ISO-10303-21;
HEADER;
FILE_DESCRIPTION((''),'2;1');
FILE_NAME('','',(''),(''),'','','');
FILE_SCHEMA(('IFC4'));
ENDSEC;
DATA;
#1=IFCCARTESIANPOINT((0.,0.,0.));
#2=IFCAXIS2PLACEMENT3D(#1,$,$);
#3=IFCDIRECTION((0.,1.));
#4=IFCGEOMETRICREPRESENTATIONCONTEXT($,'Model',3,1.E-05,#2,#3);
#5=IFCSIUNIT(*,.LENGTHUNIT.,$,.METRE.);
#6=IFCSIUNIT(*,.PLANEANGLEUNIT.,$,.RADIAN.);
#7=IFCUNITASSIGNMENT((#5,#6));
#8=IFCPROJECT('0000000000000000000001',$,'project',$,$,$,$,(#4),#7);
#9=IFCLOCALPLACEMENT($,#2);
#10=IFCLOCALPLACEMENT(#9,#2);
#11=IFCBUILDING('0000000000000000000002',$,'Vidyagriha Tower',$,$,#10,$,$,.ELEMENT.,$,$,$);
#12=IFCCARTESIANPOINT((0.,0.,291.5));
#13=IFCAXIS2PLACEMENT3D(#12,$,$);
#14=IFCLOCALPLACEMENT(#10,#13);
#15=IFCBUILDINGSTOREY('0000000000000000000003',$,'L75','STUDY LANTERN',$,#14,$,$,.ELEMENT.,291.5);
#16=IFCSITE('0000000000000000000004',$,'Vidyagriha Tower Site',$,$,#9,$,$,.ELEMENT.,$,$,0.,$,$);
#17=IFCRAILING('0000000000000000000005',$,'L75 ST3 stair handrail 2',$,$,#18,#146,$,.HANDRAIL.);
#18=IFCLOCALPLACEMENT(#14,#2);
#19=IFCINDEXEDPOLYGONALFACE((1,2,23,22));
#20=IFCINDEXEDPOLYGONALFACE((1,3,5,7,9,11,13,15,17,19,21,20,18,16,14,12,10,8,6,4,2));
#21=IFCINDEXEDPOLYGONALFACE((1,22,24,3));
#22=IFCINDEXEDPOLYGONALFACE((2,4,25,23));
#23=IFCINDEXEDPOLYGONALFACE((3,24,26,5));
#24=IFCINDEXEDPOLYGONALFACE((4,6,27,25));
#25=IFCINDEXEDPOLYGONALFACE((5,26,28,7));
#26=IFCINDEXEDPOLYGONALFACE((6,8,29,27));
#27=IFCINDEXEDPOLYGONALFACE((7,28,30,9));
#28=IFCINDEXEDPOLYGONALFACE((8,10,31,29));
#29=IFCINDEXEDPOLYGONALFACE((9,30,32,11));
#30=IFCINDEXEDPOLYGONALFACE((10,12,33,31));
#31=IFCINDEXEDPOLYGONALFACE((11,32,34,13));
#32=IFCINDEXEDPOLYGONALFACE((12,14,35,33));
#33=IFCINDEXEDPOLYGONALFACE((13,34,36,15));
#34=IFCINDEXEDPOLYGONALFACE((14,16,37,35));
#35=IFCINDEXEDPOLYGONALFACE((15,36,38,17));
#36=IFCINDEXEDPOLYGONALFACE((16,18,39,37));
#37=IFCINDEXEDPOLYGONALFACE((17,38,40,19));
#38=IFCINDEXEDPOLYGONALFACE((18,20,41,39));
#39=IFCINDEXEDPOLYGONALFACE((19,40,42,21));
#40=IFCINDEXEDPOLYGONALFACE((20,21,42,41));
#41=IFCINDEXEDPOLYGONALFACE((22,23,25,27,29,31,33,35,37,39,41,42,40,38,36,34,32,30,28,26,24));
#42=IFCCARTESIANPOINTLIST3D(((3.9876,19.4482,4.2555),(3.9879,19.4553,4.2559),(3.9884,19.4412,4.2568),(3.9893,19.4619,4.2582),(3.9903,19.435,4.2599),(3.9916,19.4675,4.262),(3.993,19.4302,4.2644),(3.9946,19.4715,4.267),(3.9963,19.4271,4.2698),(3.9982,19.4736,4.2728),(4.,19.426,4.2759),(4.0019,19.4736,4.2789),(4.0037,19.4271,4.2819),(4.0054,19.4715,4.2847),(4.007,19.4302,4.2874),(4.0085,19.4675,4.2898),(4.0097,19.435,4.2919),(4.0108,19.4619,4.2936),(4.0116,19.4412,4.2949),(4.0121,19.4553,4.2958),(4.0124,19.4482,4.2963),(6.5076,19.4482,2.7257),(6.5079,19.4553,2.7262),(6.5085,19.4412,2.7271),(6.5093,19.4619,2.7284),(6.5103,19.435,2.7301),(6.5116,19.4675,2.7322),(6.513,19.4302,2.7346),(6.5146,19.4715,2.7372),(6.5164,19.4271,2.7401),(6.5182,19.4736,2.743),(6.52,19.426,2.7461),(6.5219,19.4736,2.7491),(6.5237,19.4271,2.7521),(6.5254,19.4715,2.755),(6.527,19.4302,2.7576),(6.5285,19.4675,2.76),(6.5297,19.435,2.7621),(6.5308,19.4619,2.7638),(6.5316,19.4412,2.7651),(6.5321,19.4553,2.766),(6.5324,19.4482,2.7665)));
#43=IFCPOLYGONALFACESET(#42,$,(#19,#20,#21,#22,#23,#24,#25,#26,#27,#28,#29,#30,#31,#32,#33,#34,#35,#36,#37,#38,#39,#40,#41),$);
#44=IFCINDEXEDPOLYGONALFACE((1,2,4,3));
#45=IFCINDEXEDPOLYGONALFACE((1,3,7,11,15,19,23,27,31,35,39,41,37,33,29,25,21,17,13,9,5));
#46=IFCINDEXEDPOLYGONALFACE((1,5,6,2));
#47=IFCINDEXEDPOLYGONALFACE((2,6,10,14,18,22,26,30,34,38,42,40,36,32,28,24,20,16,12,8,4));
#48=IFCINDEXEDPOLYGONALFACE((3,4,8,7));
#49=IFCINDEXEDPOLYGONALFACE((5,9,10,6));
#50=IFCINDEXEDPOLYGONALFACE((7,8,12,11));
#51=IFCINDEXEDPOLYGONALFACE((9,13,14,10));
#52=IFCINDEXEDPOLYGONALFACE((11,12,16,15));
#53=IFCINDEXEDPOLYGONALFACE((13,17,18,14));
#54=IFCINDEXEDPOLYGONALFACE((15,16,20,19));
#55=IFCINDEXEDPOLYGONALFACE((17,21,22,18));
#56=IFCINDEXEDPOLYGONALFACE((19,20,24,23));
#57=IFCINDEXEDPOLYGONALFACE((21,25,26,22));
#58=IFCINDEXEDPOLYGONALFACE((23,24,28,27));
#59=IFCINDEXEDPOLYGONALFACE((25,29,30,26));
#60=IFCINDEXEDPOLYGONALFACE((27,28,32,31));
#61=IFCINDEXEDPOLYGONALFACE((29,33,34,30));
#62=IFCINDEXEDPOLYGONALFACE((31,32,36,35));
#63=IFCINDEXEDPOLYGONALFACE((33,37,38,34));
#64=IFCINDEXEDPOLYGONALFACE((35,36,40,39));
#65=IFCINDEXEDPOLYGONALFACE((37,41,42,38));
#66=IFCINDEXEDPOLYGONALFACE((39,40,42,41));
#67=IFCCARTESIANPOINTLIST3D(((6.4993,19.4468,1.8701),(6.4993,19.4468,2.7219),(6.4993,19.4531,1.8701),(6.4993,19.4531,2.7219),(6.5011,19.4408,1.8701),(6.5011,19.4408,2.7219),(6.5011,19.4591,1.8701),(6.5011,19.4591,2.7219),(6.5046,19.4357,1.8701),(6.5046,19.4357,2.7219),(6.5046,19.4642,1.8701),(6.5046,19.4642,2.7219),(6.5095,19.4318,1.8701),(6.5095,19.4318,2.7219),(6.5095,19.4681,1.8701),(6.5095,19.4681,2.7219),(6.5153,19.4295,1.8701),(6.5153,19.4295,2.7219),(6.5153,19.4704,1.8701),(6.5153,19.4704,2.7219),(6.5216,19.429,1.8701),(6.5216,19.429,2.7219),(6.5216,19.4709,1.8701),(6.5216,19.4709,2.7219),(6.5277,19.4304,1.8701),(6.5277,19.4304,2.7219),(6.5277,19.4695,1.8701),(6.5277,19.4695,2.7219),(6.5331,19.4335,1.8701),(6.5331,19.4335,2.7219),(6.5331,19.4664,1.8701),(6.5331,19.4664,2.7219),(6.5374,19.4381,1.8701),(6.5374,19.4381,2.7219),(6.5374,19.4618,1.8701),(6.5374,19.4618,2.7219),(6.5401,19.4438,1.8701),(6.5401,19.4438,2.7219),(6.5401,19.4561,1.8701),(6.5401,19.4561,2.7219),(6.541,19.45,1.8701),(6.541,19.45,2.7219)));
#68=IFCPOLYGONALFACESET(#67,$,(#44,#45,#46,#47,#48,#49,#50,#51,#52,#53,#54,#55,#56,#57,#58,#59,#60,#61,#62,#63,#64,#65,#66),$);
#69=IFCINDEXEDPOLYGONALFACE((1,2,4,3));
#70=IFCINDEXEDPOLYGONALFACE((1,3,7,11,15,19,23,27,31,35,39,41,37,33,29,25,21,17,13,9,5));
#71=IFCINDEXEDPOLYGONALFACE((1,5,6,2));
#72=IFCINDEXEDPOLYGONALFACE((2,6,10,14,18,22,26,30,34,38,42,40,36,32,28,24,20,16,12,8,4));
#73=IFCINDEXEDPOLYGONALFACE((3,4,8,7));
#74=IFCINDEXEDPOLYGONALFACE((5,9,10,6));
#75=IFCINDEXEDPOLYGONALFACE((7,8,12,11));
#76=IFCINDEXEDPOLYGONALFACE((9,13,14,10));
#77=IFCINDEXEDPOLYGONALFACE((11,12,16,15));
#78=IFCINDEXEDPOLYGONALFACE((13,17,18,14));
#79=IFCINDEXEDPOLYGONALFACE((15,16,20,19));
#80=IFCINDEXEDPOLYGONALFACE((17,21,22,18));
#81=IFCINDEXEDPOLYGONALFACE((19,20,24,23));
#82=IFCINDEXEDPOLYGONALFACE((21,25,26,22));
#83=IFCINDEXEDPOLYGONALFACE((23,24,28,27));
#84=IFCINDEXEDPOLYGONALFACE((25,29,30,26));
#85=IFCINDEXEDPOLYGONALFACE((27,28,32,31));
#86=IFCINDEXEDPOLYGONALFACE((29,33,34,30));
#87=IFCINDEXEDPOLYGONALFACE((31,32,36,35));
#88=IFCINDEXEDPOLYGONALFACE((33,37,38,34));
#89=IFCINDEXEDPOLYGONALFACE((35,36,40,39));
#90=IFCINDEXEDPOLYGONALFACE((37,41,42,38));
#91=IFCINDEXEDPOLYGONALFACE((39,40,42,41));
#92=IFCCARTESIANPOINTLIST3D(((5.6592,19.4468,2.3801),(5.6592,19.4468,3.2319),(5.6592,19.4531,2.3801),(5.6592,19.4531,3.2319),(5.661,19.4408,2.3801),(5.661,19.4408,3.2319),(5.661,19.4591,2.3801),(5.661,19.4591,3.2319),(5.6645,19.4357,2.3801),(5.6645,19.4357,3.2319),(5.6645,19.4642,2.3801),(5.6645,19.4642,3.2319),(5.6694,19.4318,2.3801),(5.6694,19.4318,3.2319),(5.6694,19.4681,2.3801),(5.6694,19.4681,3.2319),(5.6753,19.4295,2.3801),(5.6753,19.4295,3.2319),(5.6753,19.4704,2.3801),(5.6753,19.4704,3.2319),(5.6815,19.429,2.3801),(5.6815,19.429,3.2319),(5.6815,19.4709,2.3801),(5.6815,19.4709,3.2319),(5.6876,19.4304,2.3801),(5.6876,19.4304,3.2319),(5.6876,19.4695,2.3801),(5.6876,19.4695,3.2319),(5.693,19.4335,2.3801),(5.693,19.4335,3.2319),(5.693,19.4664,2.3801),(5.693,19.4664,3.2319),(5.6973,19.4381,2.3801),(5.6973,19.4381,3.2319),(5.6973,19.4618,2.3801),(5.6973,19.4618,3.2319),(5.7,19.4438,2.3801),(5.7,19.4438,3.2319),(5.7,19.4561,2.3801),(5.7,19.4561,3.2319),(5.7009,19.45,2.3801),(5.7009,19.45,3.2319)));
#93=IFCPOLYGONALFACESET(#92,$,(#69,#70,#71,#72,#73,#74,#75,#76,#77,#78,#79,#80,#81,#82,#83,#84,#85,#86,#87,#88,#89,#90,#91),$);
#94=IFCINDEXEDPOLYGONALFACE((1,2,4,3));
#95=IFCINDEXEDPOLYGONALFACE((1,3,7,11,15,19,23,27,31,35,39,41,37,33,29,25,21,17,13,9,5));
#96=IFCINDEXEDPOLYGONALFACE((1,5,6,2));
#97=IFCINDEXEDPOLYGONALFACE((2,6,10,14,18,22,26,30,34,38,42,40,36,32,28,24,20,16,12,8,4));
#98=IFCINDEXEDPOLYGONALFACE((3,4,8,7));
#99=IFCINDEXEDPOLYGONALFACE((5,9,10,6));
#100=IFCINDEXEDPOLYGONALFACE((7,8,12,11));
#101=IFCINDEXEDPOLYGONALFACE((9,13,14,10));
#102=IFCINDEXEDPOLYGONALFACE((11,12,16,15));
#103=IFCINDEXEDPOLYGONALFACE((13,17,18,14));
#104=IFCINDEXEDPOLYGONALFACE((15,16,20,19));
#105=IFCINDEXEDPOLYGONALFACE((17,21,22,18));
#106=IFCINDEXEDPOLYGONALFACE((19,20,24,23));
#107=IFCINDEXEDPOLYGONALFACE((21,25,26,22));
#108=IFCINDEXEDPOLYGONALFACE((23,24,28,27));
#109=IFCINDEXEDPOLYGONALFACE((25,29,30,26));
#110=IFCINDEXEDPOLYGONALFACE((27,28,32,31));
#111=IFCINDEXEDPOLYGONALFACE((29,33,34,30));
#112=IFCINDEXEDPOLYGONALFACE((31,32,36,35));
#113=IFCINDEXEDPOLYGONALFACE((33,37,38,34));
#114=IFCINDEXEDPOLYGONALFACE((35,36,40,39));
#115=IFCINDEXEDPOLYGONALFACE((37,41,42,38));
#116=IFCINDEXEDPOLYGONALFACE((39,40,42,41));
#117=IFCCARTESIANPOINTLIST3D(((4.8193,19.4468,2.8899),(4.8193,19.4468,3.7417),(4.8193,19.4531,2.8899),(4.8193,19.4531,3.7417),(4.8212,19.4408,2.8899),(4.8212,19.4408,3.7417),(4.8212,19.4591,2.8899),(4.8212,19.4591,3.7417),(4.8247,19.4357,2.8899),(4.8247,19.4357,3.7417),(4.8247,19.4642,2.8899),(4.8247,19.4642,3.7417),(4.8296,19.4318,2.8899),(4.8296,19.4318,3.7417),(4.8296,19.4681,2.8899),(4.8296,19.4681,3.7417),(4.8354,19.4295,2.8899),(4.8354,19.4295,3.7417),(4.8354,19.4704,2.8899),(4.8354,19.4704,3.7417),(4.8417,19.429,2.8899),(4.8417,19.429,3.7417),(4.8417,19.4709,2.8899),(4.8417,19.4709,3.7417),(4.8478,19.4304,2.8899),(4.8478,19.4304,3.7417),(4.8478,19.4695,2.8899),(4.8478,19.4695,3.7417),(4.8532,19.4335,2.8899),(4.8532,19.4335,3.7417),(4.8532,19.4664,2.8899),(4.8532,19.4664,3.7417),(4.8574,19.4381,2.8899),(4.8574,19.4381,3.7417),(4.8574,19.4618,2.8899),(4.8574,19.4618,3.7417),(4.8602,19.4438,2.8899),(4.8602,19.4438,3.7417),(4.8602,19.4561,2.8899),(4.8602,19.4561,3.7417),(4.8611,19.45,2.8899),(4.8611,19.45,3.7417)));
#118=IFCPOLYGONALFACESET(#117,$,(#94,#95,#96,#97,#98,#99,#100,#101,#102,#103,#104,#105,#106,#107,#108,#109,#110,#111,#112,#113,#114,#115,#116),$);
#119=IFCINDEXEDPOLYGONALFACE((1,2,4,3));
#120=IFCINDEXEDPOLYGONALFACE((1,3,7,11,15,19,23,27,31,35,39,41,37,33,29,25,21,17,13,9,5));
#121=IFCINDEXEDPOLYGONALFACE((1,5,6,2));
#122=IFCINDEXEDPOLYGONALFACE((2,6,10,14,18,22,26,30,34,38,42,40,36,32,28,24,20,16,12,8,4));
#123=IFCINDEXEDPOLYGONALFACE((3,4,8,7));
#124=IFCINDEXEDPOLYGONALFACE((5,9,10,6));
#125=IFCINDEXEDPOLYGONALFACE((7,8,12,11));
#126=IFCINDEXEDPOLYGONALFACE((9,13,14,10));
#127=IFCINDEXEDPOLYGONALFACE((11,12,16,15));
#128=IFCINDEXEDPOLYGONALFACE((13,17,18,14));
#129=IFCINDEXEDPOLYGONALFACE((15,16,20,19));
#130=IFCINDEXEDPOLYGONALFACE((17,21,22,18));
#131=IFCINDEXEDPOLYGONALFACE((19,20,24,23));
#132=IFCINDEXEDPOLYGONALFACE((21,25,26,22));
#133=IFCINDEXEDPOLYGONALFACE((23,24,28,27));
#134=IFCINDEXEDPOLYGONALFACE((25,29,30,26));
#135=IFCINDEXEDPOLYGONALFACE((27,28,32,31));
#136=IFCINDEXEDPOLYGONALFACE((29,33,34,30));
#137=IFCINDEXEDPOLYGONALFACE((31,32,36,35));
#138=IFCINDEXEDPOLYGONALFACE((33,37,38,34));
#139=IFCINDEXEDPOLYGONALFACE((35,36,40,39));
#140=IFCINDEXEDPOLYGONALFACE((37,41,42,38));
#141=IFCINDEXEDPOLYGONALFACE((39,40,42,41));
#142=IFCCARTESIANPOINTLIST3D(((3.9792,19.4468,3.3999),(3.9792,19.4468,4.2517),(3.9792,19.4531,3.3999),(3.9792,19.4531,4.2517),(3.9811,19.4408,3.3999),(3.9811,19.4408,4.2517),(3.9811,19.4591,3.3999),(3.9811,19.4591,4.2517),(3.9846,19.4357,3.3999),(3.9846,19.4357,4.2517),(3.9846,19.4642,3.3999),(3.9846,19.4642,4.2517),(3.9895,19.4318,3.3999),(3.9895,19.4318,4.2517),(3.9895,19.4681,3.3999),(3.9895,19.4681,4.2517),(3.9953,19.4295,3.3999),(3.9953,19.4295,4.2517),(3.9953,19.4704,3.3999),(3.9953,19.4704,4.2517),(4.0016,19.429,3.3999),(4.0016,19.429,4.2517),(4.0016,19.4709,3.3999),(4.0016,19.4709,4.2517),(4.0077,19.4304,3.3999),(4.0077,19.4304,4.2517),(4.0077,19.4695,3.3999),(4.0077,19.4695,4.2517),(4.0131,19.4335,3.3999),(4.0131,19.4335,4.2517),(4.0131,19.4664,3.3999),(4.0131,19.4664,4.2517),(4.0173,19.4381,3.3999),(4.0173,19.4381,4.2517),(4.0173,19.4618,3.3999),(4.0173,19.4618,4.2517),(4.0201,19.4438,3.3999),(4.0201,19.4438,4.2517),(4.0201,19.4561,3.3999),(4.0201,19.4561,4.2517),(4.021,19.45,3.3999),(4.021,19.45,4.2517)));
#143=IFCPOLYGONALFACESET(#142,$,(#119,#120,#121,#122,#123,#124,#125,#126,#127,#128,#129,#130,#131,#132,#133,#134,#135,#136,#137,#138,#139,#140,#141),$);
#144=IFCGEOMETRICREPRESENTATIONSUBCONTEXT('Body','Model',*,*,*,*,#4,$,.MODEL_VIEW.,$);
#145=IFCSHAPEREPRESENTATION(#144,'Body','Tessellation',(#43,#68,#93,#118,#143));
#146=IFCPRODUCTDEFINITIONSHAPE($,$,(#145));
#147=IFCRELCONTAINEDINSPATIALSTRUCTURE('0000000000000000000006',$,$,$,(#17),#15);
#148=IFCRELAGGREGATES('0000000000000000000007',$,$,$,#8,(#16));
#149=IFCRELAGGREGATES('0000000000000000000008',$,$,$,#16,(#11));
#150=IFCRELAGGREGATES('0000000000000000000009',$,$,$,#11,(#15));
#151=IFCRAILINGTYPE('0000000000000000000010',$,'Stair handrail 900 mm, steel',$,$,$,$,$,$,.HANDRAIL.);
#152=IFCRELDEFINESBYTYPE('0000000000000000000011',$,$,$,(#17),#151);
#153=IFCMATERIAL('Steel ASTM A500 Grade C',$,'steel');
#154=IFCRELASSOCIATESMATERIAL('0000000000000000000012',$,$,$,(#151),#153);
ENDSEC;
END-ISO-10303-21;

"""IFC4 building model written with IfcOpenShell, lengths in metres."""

from ifc_helpers import new_model, si_unit, direction, frame, origin, origin_2d, place, context, subcontext, project, spatial, circle, extrude, material, type_object, element, save


model = new_model("IFC4")

# Units and contexts
model_context = context("Model", 3, precision=1e-05, world=origin(), true_north=direction((0.0, 1.0)))
body_context = subcontext(model_context, "Body", "Model", "MODEL_VIEW")
ifc_project = project(units=[si_unit("LENGTHUNIT", "METRE"), si_unit("PLANEANGLEUNIT", "RADIAN")], contexts=[model_context])

# Site, building, storey
site_placement = place(None, origin())
site = spatial("IfcSite", under=ifc_project, at=site_placement, Name="Vidyagriha Tower Site", CompositionType="ELEMENT", RefElevation=0.0)
building_placement = place(site_placement, origin())
building = spatial("IfcBuilding", under=site, at=building_placement, Name="Vidyagriha Tower", CompositionType="ELEMENT")
storey_placement = place(building_placement, frame((0.0, 0.0, 291.5)))
storey = spatial("IfcBuildingStorey", under=building, at=storey_placement, Name="L75", Description="STUDY LANTERN", CompositionType="ELEMENT", Elevation=291.5)

# Railing
ifc_material_1 = material(Name="Steel ASTM A500 Grade C", Category="steel")
railing_type_1 = type_object("IfcRailingType", Name="Stair handrail 900 mm, steel", PredefinedType="HANDRAIL", material=ifc_material_1)
railing_1_placement = place(storey_placement, frame((6.52, 19.45, 1.8701)))
element("IfcRailing", 1, at=railing_1_placement, inside=storey, type_object=railing_type_1, Name="L75 ST3 stair handrail 2", PredefinedType="HANDRAIL", context=body_context, shape_type="SweptSolid", body=[
    extrude(circle(Radius=0.0239, at=origin_2d()), frame((0.0, 0.0, 0.876), z_axis=(-0.854822, 0.0, 0.518922), x_axis=(0.0, -1.0, 0.0)), (0.0, 0.0, 1.0), 2.948),
    extrude(circle(Radius=0.021, at=origin_2d()), origin(), (0.0, 0.0, 1.0), 0.8518),
    extrude(circle(Radius=0.021, at=origin_2d()), frame((-0.8401, 0.0, 0.51)), (0.0, 0.0, 1.0), 0.8518),
    extrude(circle(Radius=0.021, at=origin_2d()), frame((-1.6799, 0.0, 1.0198)), (0.0, 0.0, 1.0), 0.8518),
    extrude(circle(Radius=0.021, at=origin_2d()), frame((-2.52, 0.0, 1.5298)), (0.0, 0.0, 1.0), 0.8518),
])

save(model, "model.ifc")
